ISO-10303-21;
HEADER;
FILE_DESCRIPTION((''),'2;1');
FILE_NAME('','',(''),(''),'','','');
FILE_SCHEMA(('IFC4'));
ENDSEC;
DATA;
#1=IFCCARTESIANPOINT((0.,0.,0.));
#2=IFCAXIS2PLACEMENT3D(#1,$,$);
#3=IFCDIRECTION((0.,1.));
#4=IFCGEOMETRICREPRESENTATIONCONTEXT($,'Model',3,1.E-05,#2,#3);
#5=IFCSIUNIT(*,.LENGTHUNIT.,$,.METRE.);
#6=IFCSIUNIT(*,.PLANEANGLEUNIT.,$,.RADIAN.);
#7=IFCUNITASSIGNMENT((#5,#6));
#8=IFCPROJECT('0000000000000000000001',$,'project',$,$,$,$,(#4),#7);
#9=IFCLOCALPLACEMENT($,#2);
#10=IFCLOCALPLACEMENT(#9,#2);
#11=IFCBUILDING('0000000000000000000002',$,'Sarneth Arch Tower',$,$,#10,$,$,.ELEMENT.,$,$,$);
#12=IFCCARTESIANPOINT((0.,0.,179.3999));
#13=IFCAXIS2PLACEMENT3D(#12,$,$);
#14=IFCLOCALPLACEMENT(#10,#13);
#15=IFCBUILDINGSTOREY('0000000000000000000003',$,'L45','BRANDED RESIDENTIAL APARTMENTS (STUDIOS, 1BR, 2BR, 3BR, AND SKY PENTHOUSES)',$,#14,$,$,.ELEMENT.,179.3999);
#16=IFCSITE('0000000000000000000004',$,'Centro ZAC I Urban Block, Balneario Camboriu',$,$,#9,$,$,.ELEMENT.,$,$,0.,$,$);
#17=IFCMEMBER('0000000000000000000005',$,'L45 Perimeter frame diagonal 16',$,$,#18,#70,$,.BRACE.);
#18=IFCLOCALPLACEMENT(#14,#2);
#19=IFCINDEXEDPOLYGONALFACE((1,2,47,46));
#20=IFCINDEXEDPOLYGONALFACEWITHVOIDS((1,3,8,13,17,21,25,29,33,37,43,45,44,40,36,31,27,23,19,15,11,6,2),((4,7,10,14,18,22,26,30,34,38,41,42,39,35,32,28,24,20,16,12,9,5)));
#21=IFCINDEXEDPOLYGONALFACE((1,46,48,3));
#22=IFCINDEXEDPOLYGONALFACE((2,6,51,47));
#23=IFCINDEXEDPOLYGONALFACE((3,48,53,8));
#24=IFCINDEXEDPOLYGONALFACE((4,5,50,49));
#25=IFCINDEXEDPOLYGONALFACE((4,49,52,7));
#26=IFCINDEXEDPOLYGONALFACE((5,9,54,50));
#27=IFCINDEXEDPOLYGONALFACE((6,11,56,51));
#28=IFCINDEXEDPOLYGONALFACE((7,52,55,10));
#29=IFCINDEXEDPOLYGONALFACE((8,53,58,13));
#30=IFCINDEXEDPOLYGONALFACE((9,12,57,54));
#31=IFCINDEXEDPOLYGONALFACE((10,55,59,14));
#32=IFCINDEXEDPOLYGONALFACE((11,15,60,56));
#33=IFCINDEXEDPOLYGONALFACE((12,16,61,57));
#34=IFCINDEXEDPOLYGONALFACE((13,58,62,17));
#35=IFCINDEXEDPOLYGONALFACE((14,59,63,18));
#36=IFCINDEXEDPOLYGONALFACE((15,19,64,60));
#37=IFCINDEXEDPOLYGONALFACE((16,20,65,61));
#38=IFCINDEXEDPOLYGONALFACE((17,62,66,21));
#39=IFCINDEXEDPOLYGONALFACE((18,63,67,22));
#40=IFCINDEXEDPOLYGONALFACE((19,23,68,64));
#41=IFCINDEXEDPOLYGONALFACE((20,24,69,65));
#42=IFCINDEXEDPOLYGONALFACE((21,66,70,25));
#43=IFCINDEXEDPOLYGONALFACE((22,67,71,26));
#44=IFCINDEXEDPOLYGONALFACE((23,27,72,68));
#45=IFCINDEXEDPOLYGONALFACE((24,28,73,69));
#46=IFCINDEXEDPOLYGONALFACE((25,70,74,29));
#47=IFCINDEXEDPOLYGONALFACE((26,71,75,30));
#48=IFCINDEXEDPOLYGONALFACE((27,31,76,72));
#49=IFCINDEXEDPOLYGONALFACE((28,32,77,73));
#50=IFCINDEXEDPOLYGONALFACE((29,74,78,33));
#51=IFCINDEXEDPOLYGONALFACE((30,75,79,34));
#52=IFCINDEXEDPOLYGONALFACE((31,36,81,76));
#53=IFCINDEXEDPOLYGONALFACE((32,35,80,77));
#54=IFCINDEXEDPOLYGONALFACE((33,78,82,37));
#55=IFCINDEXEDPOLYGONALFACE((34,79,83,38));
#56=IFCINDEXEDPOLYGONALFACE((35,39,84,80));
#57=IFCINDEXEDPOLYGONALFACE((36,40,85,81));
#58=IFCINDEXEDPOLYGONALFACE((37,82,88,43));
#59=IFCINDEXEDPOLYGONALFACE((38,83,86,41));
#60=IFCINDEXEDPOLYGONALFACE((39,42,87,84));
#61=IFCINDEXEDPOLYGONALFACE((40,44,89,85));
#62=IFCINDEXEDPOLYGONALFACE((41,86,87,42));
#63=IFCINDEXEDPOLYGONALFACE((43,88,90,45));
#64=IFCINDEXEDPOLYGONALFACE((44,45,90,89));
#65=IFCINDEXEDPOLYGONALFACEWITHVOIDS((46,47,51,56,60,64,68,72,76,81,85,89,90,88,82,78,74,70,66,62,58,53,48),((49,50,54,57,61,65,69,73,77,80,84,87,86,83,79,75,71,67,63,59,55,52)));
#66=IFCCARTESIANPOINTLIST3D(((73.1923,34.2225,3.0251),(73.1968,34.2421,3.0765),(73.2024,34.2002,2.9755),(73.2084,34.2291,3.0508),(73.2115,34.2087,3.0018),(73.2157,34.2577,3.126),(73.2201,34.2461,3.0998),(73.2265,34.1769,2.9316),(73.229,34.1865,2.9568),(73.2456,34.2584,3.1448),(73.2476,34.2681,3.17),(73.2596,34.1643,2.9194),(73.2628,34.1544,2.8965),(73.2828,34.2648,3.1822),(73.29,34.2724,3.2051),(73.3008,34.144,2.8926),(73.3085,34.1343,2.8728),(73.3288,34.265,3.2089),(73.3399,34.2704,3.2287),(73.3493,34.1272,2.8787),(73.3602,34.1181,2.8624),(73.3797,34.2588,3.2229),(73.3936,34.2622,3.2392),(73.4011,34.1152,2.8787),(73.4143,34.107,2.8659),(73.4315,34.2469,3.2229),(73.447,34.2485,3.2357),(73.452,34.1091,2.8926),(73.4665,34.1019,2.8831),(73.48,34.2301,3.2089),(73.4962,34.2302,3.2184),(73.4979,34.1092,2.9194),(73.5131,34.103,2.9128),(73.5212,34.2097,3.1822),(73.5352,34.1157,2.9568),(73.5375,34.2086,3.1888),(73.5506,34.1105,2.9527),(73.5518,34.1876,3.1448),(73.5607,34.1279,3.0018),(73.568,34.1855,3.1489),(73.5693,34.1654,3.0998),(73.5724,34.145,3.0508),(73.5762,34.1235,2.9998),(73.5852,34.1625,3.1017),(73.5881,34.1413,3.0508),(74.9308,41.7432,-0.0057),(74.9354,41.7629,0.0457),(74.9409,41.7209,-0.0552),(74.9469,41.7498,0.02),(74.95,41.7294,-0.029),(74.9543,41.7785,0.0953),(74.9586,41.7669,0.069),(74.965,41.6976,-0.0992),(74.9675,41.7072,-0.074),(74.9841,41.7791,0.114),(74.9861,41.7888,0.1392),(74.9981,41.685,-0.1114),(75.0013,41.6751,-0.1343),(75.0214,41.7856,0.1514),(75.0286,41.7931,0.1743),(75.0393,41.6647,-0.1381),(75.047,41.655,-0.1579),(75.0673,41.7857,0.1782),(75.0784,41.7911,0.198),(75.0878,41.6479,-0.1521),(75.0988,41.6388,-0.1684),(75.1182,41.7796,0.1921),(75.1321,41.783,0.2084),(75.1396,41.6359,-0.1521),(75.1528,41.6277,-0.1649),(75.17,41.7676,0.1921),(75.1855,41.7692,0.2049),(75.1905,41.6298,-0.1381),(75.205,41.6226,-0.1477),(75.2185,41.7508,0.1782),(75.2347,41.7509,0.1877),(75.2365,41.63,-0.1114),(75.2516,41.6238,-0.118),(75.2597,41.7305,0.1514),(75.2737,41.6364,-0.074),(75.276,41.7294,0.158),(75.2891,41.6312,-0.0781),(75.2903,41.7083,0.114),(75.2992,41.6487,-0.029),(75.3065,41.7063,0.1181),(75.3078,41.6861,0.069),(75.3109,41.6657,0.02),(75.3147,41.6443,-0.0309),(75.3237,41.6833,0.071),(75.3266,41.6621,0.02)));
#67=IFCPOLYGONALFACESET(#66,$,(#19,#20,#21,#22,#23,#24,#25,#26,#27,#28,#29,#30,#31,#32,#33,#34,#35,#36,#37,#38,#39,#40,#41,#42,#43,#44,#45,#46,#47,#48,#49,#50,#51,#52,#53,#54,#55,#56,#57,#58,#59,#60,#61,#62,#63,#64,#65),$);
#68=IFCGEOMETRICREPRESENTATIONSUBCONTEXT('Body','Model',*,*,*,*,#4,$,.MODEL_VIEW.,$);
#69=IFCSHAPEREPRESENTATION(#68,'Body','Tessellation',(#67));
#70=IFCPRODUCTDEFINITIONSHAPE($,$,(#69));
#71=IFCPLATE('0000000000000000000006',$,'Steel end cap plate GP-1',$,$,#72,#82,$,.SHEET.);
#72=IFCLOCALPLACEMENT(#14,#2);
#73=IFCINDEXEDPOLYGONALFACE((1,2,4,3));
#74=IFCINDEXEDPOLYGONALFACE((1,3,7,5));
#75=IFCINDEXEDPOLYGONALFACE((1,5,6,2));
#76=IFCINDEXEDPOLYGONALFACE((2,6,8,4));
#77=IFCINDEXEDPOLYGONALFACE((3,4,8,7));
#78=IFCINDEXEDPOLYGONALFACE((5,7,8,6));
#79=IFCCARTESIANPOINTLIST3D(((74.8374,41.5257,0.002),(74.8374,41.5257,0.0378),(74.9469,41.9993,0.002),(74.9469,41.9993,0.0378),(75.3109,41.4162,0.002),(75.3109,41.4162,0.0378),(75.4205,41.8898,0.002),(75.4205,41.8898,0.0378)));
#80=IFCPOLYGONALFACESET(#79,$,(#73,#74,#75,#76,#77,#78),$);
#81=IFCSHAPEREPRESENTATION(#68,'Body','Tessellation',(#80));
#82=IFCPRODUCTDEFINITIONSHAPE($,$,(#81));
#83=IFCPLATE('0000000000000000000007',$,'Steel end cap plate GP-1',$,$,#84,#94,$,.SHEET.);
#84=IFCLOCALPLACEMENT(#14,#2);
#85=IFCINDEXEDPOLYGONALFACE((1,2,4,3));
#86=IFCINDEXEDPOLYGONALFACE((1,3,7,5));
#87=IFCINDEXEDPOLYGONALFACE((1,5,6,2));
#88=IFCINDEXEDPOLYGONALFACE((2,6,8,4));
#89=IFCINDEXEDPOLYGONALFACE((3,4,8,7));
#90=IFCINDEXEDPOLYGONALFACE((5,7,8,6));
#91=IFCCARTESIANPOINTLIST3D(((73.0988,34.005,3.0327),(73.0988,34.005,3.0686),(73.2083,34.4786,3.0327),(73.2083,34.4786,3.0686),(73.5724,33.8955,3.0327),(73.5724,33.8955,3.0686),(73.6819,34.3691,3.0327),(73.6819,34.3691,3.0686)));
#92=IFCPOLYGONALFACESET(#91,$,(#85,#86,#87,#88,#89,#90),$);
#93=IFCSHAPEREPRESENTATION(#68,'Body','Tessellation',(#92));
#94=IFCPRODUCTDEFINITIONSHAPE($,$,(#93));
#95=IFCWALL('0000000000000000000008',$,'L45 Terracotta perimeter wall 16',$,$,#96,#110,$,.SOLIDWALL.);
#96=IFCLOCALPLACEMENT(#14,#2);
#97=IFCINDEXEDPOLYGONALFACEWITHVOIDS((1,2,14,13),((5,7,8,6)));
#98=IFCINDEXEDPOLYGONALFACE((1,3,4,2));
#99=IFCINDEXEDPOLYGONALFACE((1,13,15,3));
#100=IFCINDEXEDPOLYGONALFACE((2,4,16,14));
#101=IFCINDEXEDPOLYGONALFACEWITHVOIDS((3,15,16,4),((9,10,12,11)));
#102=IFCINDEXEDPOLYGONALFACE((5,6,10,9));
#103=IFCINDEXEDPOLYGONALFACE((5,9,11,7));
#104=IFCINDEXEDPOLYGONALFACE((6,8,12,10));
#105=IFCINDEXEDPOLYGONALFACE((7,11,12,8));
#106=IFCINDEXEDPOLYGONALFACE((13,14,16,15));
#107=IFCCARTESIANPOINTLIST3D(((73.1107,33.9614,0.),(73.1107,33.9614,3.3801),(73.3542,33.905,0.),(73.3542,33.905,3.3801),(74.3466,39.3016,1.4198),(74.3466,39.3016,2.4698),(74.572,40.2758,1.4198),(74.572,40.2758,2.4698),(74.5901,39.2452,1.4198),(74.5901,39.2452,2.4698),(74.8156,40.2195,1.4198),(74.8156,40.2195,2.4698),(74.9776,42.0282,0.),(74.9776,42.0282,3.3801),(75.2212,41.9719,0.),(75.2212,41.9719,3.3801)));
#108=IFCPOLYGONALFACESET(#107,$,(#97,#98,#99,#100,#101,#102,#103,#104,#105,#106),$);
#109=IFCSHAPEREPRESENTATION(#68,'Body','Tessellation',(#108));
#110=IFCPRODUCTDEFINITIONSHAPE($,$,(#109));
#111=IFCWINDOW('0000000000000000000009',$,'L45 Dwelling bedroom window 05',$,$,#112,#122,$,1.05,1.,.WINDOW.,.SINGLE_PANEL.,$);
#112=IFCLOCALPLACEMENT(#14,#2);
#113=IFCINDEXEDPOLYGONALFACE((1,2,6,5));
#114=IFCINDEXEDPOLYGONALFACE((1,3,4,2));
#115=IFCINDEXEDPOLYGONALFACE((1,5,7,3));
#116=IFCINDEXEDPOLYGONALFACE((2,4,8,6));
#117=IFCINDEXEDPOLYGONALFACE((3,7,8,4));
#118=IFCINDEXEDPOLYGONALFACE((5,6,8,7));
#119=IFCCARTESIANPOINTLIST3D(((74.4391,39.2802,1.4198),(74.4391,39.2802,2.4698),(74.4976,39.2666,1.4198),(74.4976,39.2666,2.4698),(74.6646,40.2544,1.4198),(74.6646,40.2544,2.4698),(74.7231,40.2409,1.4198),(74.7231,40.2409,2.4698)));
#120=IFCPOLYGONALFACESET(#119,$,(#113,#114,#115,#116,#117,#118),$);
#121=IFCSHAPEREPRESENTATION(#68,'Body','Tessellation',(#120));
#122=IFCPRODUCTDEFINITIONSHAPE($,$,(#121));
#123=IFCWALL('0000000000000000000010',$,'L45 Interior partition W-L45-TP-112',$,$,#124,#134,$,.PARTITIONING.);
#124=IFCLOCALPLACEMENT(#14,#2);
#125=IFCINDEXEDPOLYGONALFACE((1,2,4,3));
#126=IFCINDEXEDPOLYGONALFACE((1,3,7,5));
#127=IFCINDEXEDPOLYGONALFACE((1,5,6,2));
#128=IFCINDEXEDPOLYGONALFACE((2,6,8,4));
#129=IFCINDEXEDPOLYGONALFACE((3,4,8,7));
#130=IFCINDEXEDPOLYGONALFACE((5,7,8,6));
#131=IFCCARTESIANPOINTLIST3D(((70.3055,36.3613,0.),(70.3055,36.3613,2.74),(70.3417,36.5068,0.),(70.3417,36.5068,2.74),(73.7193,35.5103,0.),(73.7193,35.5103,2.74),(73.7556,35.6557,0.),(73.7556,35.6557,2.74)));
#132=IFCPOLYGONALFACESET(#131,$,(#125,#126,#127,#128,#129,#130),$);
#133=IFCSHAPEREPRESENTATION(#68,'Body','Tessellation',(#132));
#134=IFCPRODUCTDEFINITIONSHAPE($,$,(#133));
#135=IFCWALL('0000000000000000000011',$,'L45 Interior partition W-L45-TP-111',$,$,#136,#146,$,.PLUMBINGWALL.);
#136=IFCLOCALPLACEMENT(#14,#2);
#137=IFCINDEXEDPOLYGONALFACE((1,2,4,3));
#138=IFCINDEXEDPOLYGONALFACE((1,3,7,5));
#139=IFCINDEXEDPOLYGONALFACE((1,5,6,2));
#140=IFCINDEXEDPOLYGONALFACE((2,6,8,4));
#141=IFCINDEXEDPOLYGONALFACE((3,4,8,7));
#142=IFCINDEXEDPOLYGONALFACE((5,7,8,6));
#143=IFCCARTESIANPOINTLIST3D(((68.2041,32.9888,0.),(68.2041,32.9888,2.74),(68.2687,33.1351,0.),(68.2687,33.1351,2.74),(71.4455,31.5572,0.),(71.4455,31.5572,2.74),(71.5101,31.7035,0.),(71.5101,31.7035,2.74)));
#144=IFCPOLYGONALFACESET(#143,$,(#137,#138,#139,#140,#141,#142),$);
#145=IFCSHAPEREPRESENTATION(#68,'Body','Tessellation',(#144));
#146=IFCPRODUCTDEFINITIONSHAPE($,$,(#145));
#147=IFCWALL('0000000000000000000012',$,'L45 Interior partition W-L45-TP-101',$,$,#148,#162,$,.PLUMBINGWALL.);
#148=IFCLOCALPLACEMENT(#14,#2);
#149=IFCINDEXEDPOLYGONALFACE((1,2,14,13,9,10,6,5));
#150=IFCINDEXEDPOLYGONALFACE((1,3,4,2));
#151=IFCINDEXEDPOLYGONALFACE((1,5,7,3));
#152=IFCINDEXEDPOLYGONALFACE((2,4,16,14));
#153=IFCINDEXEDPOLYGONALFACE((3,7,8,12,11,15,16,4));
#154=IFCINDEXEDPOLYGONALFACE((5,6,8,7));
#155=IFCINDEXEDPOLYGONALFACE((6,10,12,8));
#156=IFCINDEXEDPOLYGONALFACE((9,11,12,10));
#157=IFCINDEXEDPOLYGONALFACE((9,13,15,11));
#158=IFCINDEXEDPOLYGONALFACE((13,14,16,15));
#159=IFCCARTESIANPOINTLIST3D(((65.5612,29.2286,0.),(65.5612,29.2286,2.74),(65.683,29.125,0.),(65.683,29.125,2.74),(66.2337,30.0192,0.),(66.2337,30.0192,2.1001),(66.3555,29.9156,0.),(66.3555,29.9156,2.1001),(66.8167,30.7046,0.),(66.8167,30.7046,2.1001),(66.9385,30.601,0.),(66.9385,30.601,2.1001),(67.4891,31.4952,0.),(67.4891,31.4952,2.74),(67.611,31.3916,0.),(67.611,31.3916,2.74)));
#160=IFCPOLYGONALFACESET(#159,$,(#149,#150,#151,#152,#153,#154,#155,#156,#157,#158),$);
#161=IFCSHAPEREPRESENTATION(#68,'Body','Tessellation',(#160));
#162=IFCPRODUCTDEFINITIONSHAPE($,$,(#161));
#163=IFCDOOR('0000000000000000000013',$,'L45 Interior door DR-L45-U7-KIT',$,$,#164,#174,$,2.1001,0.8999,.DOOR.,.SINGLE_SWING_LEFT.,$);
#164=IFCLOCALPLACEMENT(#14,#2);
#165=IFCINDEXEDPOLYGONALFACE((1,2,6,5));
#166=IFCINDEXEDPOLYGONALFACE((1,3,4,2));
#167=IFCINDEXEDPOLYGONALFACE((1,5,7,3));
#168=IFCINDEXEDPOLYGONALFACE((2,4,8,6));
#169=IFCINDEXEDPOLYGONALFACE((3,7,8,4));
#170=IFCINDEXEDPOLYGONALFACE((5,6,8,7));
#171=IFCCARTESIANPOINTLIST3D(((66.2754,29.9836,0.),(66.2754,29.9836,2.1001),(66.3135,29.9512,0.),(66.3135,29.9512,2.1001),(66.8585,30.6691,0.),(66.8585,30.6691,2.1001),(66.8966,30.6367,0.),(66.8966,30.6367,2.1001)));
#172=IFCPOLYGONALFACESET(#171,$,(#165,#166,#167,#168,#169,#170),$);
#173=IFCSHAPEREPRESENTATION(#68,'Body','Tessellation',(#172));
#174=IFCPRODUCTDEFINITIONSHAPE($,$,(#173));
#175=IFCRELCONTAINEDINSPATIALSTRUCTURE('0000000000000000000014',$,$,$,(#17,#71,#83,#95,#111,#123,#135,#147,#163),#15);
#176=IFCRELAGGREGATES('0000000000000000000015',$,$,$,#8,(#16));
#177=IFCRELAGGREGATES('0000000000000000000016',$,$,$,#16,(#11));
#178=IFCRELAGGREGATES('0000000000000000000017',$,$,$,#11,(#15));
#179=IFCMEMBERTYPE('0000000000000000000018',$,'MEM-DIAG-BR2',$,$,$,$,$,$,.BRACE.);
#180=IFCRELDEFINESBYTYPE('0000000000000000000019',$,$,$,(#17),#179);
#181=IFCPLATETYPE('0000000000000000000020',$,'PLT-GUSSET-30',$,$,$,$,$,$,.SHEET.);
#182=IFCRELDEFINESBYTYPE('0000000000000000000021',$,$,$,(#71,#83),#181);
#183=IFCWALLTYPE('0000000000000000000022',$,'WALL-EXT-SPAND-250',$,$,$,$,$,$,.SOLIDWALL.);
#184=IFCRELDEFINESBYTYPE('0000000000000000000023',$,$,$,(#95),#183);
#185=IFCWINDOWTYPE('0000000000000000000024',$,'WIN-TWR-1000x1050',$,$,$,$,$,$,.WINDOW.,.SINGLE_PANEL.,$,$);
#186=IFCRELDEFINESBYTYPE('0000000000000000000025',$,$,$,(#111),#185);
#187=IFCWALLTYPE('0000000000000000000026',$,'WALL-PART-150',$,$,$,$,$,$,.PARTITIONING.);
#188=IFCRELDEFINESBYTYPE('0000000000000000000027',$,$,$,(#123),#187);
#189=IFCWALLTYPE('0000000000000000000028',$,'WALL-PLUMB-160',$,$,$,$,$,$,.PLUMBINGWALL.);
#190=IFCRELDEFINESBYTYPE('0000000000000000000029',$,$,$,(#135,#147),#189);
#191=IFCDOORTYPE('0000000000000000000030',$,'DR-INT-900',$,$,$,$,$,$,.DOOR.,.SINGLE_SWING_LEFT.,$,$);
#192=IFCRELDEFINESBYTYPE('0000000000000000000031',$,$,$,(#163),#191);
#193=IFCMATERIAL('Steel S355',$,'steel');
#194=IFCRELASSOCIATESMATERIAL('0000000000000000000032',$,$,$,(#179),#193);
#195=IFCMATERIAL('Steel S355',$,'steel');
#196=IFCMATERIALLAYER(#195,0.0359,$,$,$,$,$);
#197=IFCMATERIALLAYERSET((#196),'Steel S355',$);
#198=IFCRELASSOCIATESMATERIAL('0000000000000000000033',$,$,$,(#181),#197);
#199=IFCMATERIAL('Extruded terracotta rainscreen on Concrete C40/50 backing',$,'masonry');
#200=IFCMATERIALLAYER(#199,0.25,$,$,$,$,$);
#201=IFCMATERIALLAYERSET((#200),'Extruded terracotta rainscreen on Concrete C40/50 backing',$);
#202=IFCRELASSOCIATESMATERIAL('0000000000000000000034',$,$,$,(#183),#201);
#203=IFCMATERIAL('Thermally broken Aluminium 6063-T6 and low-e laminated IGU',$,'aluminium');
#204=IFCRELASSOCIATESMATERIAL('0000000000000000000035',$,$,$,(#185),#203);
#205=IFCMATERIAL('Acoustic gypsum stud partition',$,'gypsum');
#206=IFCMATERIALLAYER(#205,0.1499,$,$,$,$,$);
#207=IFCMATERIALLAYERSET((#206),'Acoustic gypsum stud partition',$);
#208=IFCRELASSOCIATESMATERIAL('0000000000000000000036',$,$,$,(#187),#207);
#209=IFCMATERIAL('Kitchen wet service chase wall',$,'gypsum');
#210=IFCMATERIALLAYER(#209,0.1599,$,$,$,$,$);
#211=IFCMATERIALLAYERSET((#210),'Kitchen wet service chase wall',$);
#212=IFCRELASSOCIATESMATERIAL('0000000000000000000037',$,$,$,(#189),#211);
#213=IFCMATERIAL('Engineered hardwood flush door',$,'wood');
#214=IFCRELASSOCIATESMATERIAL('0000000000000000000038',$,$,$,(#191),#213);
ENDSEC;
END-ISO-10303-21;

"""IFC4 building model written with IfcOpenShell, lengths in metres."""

from ifc_helpers import new_model, si_unit, direction, frame, frame_2d, origin, origin_2d, place, context, subcontext, project, spatial, rectangle, hollow_circle, extrude, material, layer, layer_set, material_profile, profile_set, type_object, element, fill, save


model = new_model("IFC4")

# Units and contexts
model_context = context("Model", 3, precision=1e-05, world=origin(), true_north=direction((0.0, 1.0)))
body_context = subcontext(model_context, "Body", "Model", "MODEL_VIEW")
ifc_project = project(units=[si_unit("LENGTHUNIT", "METRE"), si_unit("PLANEANGLEUNIT", "RADIAN")], contexts=[model_context])

# Site, building, storey
site_placement = place(None, origin())
site = spatial("IfcSite", under=ifc_project, at=site_placement, Name="Centro ZAC I Urban Block, Balneario Camboriu", CompositionType="ELEMENT", RefElevation=0.0)
building_placement = place(site_placement, origin())
building = spatial("IfcBuilding", under=site, at=building_placement, Name="Sarneth Arch Tower", CompositionType="ELEMENT")
storey_placement = place(building_placement, frame((0.0, 0.0, 179.3999)))
storey = spatial("IfcBuildingStorey", under=building, at=storey_placement, Name="L45", Description="BRANDED RESIDENTIAL APARTMENTS (STUDIOS, 1BR, 2BR, 3BR, AND SKY PENTHOUSES)", CompositionType="ELEMENT", Elevation=179.3999)

# Member
ifc_material_1 = material(Name="Steel S355", Category="steel")
ifc_material_profile_1 = material_profile(ifc_material_1, hollow_circle(Radius=0.2029, WallThickness=0.0161, at=origin_2d()), Name="CHS406x16")
ifc_profile_set_1 = profile_set([ifc_material_profile_1], Name="Steel S355")
member_type_1 = type_object("IfcMemberType", Name="MEM-DIAG-BR2", PredefinedType="BRACE", material=ifc_profile_set_1)
member_1_placement = place(storey_placement, frame((75.1289, 41.7078, 0.02), z_axis=(-0.209644, -0.906907, 0.365471), x_axis=(0.974307, -0.225224, 0.0)))
element("IfcMember", 1, at=member_1_placement, inside=storey, type_object=member_type_1, Name="L45 Perimeter frame diagonal 16", PredefinedType="BRACE", context=body_context, shape_type="SweptSolid", body=[
    extrude(hollow_circle(Radius=0.2029, WallThickness=0.0161, at=origin_2d()), origin(), (0.0, 0.0, 1.0), 8.2927),
])

# Plates
ifc_material_2 = material(Name="Steel S355", Category="steel")
ifc_layer_1 = layer(ifc_material_2, 0.0359)
ifc_layer_set_1 = layer_set([ifc_layer_1], Name="Steel S355")
plate_type = type_object("IfcPlateType", Name="PLT-GUSSET-30", PredefinedType="SHEET", material=ifc_layer_set_1)
for number, where, z_axis, x_axis, name in (
    (2, (75.1289, 41.7078, 0.002), (0.0, 0.0, 1.0), (0.225291, 0.974291, 0.0), "Steel end cap plate GP-1"),
    (3, (73.3904, 34.187, 3.0327), (0.0, 0.0, 1.0), (0.225291, 0.974291, 0.0), "Steel end cap plate GP-1"),
):
    element("IfcPlate", number, at=place(storey_placement, frame(where, z_axis=z_axis, x_axis=x_axis)), inside=storey, type_object=plate_type, Name=name, PredefinedType="SHEET", context=body_context, shape_type="SweptSolid", body=[
        extrude(rectangle(XDim=0.4861, YDim=0.4861, at=origin_2d()), origin(), (0.0, 0.0, 1.0), 0.0359),
    ])

# Wall, opening, window
ifc_material_3 = material(Name="Extruded terracotta rainscreen on Concrete C40/50 backing", Category="masonry")
ifc_layer_2 = layer(ifc_material_3, 0.25)
ifc_layer_set_2 = layer_set([ifc_layer_2], Name="Extruded terracotta rainscreen on Concrete C40/50 backing")
wall_type_1 = type_object("IfcWallType", Name="WALL-EXT-SPAND-250", PredefinedType="SOLIDWALL", material=ifc_layer_set_2)
wall_1_placement = place(storey_placement, frame((73.2324, 33.9331, 0.0), z_axis=(0.0, 0.0, 1.0), x_axis=(0.225473, 0.974249, 0.0)))
wall_1 = element("IfcWall", 4, at=wall_1_placement, inside=storey, type_object=wall_type_1, Name="L45 Terracotta perimeter wall 16", PredefinedType="SOLIDWALL", context=body_context, shape_type="SweptSolid", body=[
    extrude(rectangle(XDim=8.28, YDim=0.25, at=frame_2d((4.1401, 0.0))), origin(), (0.0, 0.0, 1.0), 3.3801),
])
opening_1_placement = place(wall_1_placement, frame((5.4814, 0.0, 1.4199)))
opening_1 = element("IfcOpeningElement", 5, at=opening_1_placement, cuts=wall_1, PredefinedType="OPENING", context=body_context, shape_type="SweptSolid", body=[
    extrude(rectangle(XDim=1.0, YDim=1.05, at=frame_2d((0.5, 0.5249))), frame((0.0, 0.135, 0.0), z_axis=(0.0, -1.0, 0.0), x_axis=(1.0, 0.0, 0.0)), (0.0, 0.0, 1.0), 0.27),
])
ifc_material_4 = material(Name="Thermally broken Aluminium 6063-T6 and low-e laminated IGU", Category="aluminium")
window_type = type_object("IfcWindowType", Name="WIN-TWR-1000x1050", PartitioningType="SINGLE_PANEL", PredefinedType="WINDOW", material=ifc_material_4)
window_placement = place(opening_1_placement, origin())
window = element("IfcWindow", 6, at=window_placement, inside=storey, type_object=window_type, Name="L45 Dwelling bedroom window 05", OverallHeight=1.05, OverallWidth=1.0, PartitioningType="SINGLE_PANEL", PredefinedType="WINDOW", context=body_context, shape_type="SweptSolid", body=[
    extrude(rectangle(XDim=1.0, YDim=1.05, at=frame_2d((0.5, 0.5249))), frame((0.0, 0.03, 0.0), z_axis=(0.0, -1.0, 0.0), x_axis=(1.0, 0.0, 0.0)), (0.0, 0.0, 1.0), 0.0601),
])
fill(opening_1, window)

# Walls
ifc_material_5 = material(Name="Acoustic gypsum stud partition", Category="gypsum")
ifc_layer_3 = layer(ifc_material_5, 0.1499)
ifc_layer_set_3 = layer_set([ifc_layer_3], Name="Acoustic gypsum stud partition")
wall_type_2 = type_object("IfcWallType", Name="WALL-PART-150", PredefinedType="PARTITIONING", material=ifc_layer_set_3)
wall_2_placement = place(storey_placement, frame((70.3235, 36.4341, 0.0), z_axis=(0.0, 0.0, 1.0), x_axis=(0.970301, -0.241899, 0.0)))
element("IfcWall", 7, at=wall_2_placement, inside=storey, type_object=wall_type_2, Name="L45 Interior partition W-L45-TP-112", PredefinedType="PARTITIONING", context=body_context, shape_type="SweptSolid", body=[
    extrude(rectangle(XDim=3.5183, YDim=0.1499, at=frame_2d((1.7593, 0.0))), origin(), (0.0, 0.0, 1.0), 2.74),
])
ifc_material_6 = material(Name="Kitchen wet service chase wall", Category="gypsum")
ifc_layer_4 = layer(ifc_material_6, 0.1599)
ifc_layer_set_4 = layer_set([ifc_layer_4], Name="Kitchen wet service chase wall")
wall_type_3 = type_object("IfcWallType", Name="WALL-PLUMB-160", PredefinedType="PLUMBINGWALL", material=ifc_layer_set_4)
wall_3_placement = place(storey_placement, frame((71.4778, 31.6304, 0.0), z_axis=(0.0, 0.0, 1.0), x_axis=(-0.914752, 0.404015, 0.0)))
element("IfcWall", 8, at=wall_3_placement, inside=storey, type_object=wall_type_3, Name="L45 Interior partition W-L45-TP-111", PredefinedType="PLUMBINGWALL", context=body_context, shape_type="SweptSolid", body=[
    extrude(rectangle(XDim=3.5435, YDim=0.1599, at=frame_2d((1.7717, 0.0))), origin(), (0.0, 0.0, 1.0), 2.74),
])

# Wall, opening, door
wall_4_placement = place(storey_placement, frame((67.55, 31.4434, 0.0), z_axis=(0.0, 0.0, 1.0), x_axis=(-0.647915, -0.761713, 0.0)))
wall_4 = element("IfcWall", 9, at=wall_4_placement, inside=storey, type_object=wall_type_3, Name="L45 Interior partition W-L45-TP-101", PredefinedType="PLUMBINGWALL", context=body_context, shape_type="SweptSolid", body=[
    extrude(rectangle(XDim=2.9756, YDim=0.1599, at=frame_2d((1.4878, 0.0))), origin(), (0.0, 0.0, 1.0), 2.74),
])
opening_2_placement = place(wall_4_placement, frame((1.0378, 0.0, 0.0)))
opening_2 = element("IfcOpeningElement", 10, at=opening_2_placement, cuts=wall_4, PredefinedType="OPENING", context=body_context, shape_type="SweptSolid", body=[
    extrude(rectangle(XDim=0.8999, YDim=2.1001, at=frame_2d((0.45, 1.05))), frame((0.0, 0.0898, 0.0), z_axis=(0.0, -1.0, 0.0), x_axis=(1.0, 0.0, 0.0)), (0.0, 0.0, 1.0), 0.1799),
])
ifc_material_7 = material(Name="Engineered hardwood flush door", Category="wood")
door_type_1 = type_object("IfcDoorType", Name="DR-INT-900", OperationType="SINGLE_SWING_LEFT", PredefinedType="DOOR", material=ifc_material_7)
door_1_placement = place(opening_2_placement, origin())
door_1 = element("IfcDoor", 11, at=door_1_placement, inside=storey, type_object=door_type_1, Name="L45 Interior door DR-L45-U7-KIT", OperationType="SINGLE_SWING_LEFT", OverallHeight=2.1001, OverallWidth=0.8999, PredefinedType="DOOR", context=body_context, shape_type="SweptSolid", body=[
    extrude(rectangle(XDim=0.8999, YDim=2.1001, at=frame_2d((0.45, 1.05))), frame((0.0, 0.0249, 0.0), z_axis=(0.0, -1.0, 0.0), x_axis=(1.0, 0.0, 0.0)), (0.0, 0.0, 1.0), 0.05),
])
fill(opening_2, door_1)

save(model, "model.ifc")
